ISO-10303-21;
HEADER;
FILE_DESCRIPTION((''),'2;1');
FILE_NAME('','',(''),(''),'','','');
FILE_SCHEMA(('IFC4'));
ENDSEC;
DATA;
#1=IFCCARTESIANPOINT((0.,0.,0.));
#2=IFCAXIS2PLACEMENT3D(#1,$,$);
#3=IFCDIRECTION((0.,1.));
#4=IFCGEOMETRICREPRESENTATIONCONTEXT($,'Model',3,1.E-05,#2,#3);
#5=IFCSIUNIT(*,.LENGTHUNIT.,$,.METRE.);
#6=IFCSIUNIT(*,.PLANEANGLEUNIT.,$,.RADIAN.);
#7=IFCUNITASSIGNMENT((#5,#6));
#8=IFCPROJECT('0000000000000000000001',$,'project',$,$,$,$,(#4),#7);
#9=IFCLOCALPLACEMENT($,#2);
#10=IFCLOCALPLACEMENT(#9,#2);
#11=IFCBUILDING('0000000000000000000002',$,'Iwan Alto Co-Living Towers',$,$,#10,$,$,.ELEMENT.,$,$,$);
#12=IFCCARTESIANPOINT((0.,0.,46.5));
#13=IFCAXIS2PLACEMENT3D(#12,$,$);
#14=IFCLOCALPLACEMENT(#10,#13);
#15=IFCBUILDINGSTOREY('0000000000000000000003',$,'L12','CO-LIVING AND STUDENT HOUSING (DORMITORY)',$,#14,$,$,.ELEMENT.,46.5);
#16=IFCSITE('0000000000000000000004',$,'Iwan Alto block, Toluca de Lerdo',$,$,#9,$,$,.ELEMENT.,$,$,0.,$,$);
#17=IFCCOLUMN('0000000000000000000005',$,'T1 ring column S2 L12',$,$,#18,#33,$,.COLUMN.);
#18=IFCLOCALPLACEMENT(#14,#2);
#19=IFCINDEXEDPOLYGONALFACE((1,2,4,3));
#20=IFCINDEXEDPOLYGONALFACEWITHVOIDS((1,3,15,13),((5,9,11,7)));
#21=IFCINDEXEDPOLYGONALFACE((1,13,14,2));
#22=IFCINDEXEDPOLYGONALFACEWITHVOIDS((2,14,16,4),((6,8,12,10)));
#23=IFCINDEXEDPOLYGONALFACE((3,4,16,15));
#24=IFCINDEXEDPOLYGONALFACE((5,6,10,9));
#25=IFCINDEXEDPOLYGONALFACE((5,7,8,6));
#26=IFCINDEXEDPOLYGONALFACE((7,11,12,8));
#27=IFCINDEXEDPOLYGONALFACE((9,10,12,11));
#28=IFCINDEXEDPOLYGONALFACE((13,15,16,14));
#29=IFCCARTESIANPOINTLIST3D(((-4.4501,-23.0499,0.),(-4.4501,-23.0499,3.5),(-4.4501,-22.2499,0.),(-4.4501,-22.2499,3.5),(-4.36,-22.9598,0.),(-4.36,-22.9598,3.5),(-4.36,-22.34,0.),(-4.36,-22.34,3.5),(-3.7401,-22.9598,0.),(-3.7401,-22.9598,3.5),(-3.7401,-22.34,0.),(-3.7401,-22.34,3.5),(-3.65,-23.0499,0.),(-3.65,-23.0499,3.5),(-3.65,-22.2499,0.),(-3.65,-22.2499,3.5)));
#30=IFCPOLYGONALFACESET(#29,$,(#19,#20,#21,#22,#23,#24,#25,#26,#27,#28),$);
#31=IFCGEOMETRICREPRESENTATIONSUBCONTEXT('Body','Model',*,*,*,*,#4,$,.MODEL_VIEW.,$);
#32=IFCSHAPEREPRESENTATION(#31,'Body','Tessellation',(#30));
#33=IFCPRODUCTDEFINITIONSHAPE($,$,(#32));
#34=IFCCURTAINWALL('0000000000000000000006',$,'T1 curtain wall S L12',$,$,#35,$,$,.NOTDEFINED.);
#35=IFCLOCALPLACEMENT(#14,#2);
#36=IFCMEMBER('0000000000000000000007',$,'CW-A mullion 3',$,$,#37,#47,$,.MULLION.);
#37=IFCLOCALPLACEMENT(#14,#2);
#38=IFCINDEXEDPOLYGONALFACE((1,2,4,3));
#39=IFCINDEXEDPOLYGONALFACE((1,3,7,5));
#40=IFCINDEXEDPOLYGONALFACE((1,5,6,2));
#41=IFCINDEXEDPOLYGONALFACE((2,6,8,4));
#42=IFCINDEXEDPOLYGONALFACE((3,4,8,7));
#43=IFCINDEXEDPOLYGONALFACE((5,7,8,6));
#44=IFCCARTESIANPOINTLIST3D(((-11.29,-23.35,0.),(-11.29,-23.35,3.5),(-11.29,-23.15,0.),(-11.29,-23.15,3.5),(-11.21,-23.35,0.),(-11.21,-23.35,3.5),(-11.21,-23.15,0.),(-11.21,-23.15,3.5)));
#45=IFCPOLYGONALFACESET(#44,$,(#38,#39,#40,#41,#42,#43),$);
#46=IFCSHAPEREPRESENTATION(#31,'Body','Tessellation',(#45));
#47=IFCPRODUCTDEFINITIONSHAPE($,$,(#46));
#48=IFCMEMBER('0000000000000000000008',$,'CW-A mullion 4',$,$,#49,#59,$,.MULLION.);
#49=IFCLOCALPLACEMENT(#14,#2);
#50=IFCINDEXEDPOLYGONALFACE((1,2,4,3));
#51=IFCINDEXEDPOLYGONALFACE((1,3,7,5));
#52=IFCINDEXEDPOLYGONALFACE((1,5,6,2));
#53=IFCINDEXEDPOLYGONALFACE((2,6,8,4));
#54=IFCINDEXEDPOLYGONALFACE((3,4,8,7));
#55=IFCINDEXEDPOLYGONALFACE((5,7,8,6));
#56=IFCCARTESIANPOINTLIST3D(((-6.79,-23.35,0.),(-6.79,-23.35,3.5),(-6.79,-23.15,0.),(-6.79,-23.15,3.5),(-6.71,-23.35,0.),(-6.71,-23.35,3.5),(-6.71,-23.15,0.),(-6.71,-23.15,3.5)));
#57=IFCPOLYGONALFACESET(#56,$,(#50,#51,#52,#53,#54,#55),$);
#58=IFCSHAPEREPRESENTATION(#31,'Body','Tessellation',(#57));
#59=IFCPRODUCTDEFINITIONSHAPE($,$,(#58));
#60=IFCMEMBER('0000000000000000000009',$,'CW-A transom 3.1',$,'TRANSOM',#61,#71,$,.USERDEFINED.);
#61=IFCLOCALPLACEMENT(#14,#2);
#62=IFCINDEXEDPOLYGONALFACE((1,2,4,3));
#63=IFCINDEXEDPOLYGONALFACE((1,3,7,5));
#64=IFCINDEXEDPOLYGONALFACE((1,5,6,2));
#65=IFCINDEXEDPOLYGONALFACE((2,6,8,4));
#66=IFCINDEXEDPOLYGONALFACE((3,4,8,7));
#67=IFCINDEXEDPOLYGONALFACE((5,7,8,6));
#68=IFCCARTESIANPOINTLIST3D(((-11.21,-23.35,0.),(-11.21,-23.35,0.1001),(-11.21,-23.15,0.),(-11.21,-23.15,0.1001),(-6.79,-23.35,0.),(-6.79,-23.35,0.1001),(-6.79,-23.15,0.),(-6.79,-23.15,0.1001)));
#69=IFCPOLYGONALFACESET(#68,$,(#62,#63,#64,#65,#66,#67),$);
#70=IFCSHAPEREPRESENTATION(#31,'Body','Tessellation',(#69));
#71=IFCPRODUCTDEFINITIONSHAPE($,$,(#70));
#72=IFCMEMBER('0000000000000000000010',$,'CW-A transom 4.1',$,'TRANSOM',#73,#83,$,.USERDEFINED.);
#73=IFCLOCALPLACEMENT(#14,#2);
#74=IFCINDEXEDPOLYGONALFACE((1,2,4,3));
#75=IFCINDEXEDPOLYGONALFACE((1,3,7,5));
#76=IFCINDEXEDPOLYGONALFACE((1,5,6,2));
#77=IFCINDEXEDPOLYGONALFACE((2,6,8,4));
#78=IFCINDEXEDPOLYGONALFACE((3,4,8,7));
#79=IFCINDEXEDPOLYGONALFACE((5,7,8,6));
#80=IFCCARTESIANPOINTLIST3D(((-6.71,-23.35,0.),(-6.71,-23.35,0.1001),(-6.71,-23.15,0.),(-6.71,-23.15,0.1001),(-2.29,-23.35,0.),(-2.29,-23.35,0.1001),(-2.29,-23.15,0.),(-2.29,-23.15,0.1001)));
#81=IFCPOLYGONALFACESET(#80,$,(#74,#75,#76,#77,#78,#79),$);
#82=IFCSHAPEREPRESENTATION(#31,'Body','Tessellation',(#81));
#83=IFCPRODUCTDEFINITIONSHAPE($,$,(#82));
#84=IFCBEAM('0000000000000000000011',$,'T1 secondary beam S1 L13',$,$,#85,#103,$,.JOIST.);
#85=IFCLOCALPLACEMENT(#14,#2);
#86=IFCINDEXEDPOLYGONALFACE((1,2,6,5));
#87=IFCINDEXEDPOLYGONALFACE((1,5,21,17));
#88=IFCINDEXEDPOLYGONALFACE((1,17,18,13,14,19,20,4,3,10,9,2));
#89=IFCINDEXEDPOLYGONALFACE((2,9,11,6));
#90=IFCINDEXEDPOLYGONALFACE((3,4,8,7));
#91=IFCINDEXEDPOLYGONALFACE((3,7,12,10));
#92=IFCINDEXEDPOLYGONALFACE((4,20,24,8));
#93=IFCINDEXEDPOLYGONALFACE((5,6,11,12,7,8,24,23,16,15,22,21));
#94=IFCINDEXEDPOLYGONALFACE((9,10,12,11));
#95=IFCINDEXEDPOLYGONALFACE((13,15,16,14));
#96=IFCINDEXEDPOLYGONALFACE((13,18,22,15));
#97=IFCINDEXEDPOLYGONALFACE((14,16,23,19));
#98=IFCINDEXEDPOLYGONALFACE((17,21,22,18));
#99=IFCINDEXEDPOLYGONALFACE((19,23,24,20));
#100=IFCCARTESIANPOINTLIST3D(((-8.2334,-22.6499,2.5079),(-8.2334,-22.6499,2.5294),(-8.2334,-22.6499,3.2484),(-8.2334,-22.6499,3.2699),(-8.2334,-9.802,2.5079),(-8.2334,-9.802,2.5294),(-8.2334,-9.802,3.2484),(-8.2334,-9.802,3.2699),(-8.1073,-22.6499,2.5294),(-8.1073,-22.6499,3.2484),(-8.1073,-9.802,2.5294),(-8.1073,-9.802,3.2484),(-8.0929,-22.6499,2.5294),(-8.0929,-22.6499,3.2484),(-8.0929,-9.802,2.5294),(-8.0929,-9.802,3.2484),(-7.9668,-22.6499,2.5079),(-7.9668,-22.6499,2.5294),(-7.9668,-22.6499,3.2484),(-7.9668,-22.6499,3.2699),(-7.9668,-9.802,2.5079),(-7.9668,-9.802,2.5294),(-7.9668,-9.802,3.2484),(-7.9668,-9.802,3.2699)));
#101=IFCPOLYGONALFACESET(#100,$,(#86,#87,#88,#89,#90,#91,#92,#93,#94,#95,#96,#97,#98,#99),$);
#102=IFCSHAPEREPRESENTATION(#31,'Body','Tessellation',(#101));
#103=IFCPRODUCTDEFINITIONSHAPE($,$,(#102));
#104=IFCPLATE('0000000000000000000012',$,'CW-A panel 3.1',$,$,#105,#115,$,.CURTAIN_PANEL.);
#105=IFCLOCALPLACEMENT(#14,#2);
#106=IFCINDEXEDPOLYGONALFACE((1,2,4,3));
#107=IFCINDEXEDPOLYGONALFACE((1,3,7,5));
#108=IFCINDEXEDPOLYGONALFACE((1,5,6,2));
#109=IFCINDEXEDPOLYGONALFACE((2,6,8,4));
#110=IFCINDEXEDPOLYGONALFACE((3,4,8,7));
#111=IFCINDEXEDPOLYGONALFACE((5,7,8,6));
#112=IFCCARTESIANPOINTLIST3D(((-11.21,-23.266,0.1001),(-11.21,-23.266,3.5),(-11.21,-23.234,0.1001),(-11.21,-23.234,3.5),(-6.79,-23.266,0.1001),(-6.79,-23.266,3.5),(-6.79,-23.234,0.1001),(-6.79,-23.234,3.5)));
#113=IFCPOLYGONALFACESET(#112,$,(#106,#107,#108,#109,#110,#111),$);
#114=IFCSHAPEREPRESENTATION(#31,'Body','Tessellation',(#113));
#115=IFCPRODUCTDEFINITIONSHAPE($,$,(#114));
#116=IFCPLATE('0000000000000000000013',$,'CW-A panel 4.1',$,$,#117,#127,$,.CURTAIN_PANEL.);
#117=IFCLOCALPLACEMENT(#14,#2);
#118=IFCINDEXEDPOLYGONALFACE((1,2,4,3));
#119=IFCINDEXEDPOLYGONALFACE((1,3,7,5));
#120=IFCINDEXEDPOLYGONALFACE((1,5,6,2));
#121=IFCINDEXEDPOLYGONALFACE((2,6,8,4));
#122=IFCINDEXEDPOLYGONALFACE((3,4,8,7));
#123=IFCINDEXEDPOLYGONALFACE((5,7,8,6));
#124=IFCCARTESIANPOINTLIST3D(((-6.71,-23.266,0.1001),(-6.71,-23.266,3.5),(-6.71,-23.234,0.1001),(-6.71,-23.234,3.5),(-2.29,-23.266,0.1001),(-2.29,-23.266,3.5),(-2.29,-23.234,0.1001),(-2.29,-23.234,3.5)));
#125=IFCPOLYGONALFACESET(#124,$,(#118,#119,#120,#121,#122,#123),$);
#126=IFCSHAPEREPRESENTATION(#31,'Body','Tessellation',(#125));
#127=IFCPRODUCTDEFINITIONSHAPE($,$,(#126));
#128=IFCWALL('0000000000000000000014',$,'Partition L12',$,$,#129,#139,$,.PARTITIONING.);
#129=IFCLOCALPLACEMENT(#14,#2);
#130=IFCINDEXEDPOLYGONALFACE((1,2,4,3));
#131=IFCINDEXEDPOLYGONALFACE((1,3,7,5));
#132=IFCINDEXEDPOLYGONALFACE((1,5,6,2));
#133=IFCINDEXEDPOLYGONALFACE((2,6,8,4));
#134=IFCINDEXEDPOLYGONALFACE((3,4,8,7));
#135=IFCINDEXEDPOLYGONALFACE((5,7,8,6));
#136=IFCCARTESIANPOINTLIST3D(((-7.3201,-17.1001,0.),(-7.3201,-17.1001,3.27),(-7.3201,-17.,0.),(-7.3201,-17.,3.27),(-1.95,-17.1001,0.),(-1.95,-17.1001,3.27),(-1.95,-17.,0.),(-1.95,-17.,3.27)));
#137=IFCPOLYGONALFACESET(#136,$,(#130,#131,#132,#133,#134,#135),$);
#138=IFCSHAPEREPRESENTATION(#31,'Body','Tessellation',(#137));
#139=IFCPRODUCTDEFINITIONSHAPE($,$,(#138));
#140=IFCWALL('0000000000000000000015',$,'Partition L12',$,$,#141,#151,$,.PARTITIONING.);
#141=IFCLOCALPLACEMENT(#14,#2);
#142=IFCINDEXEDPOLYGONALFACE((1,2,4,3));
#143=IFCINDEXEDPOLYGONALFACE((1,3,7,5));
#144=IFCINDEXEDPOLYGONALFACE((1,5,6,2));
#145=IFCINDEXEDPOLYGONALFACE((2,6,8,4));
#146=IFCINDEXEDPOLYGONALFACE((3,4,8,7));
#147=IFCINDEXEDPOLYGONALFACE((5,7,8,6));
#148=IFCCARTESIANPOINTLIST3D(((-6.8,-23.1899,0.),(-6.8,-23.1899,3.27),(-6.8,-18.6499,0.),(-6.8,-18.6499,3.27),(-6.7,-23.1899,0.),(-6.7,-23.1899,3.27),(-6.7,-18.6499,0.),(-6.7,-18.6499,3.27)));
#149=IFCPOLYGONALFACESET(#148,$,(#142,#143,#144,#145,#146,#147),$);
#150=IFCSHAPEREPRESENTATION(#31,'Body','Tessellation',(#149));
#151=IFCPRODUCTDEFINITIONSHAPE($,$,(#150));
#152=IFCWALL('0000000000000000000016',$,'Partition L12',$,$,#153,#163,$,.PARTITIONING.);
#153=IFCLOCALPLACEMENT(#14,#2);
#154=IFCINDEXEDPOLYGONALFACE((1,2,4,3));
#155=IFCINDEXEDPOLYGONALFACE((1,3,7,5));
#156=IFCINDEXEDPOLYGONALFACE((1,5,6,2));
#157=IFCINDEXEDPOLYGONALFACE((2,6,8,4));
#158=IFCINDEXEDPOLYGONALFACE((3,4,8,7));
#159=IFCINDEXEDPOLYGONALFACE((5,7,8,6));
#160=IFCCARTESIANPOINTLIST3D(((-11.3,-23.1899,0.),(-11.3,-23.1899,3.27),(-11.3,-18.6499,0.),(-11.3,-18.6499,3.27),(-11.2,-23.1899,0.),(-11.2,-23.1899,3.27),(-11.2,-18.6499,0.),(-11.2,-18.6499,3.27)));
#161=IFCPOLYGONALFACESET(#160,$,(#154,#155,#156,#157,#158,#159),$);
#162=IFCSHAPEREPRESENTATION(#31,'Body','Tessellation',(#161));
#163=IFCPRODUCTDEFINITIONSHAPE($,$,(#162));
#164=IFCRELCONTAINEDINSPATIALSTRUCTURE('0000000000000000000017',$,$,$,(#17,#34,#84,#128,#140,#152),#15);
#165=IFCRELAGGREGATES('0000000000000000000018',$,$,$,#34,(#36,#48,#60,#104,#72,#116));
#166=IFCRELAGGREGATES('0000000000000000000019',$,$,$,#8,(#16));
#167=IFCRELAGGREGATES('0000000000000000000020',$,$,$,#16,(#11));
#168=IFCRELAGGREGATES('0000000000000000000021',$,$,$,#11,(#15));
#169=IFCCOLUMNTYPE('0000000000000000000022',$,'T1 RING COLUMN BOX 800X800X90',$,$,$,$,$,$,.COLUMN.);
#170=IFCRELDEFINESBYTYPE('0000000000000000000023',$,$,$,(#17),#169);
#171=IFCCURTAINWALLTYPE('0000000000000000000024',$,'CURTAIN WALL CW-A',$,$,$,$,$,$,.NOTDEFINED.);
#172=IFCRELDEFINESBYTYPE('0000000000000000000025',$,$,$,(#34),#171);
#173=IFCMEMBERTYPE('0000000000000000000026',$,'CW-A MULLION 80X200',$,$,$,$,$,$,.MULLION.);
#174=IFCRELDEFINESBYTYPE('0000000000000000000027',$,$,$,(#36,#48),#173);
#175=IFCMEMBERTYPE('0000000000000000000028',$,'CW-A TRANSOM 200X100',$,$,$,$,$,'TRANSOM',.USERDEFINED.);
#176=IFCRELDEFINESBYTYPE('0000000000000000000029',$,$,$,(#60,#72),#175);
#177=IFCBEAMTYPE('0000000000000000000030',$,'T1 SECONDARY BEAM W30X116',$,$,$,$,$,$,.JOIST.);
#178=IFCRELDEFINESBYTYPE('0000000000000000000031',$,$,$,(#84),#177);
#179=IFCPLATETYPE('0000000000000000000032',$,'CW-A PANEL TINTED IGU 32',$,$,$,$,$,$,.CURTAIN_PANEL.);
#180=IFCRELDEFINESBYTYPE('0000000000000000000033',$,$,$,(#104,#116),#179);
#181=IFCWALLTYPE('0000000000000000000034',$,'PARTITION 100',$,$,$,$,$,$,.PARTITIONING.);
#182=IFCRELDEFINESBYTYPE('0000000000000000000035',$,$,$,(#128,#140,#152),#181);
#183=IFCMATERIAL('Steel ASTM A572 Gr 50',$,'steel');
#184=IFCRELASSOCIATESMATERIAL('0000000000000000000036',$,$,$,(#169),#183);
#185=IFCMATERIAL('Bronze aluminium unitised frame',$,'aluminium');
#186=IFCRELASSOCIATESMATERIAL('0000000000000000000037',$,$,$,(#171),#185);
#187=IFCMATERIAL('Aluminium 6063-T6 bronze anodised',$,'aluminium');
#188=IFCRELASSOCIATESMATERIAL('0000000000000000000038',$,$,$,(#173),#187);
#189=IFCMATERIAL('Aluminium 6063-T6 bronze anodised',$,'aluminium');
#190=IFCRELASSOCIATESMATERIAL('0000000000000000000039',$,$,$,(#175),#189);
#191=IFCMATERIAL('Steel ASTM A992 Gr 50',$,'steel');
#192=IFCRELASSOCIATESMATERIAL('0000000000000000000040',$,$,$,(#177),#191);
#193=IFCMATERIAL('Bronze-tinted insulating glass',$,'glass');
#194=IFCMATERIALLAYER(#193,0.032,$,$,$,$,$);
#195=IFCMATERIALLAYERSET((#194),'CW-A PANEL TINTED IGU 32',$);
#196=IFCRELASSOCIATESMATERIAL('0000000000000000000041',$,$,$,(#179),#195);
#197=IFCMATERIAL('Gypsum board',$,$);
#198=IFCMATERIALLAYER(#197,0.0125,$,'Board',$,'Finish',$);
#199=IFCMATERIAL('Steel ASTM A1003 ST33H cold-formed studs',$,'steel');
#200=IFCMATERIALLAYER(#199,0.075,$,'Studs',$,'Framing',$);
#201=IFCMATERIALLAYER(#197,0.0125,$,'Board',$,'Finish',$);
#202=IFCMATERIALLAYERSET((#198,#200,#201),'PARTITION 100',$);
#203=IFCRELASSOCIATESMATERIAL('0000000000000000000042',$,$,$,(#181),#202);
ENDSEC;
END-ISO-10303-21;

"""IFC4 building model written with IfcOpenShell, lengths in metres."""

from ifc_helpers import new_model, si_unit, direction, frame, frame_2d, origin, origin_2d, place, context, subcontext, project, spatial, rectangle, hollow_rectangle, i_section, extrude, material, layer, layer_set, material_profile, profile_set, type_object, element, aggregate, save


model = new_model("IFC4")

# Units and contexts
model_context = context("Model", 3, precision=1e-05, world=origin(), true_north=direction((0.0, 1.0)))
body_context = subcontext(model_context, "Body", "Model", "MODEL_VIEW")
ifc_project = project(units=[si_unit("LENGTHUNIT", "METRE"), si_unit("PLANEANGLEUNIT", "RADIAN")], contexts=[model_context])

# Site, building, storey
site_placement = place(None, origin())
site = spatial("IfcSite", under=ifc_project, at=site_placement, Name="Iwan Alto block, Toluca de Lerdo", CompositionType="ELEMENT", RefElevation=0.0)
building_placement = place(site_placement, origin())
building = spatial("IfcBuilding", under=site, at=building_placement, Name="Iwan Alto Co-Living Towers", CompositionType="ELEMENT")
storey_placement = place(building_placement, frame((0.0, 0.0, 46.5)))
storey = spatial("IfcBuildingStorey", under=building, at=storey_placement, Name="L12", Description="CO-LIVING AND STUDENT HOUSING (DORMITORY)", CompositionType="ELEMENT", Elevation=46.5)

# Column
ifc_material_1 = material(Name="Steel ASTM A572 Gr 50", Category="steel")
ifc_material_profile_1 = material_profile(ifc_material_1, hollow_rectangle(XDim=0.8, YDim=0.8, WallThickness=0.0901, at=origin_2d()), Name="BOX 800X800X90")
ifc_profile_set_1 = profile_set([ifc_material_profile_1], Name="Steel ASTM A572 Gr 50")
column_type = type_object("IfcColumnType", Name="T1 RING COLUMN BOX 800X800X90", PredefinedType="COLUMN", material=ifc_profile_set_1)
column_placement = place(storey_placement, frame((-4.05, -22.6499, 0.0), z_axis=(0.0, 0.0, 1.0), x_axis=(1.0, 0.0, 0.0)))
element("IfcColumn", 1, at=column_placement, inside=storey, type_object=column_type, Name="T1 ring column S2 L12", PredefinedType="COLUMN", context=body_context, shape_type="SweptSolid", body=[
    extrude(hollow_rectangle(XDim=0.8, YDim=0.8, WallThickness=0.0901, at=origin_2d()), origin(), (0.0, 0.0, 1.0), 3.5),
])

# Curtain wall, members
ifc_material_2 = material(Name="Bronze aluminium unitised frame", Category="aluminium")
curtain_wall_type = type_object("IfcCurtainWallType", Name="CURTAIN WALL CW-A", PredefinedType="NOTDEFINED", material=ifc_material_2)
curtain_wall_placement = place(storey_placement, origin())
curtain_wall = element("IfcCurtainWall", 2, at=curtain_wall_placement, inside=storey, type_object=curtain_wall_type, Name="T1 curtain wall S L12", PredefinedType="NOTDEFINED")
ifc_material_3 = material(Name="Aluminium 6063-T6 bronze anodised", Category="aluminium")
ifc_material_profile_2 = material_profile(ifc_material_3, rectangle(XDim=0.2, YDim=0.0801, at=origin_2d()), Name="AL 80X200")
ifc_profile_set_2 = profile_set([ifc_material_profile_2], Name="Aluminium 6063-T6 bronze anodised")
member_type_1 = type_object("IfcMemberType", Name="CW-A MULLION 80X200", PredefinedType="MULLION", material=ifc_profile_set_2)
member_1_placement = place(storey_placement, frame((-11.25, -23.25, 0.0), z_axis=(0.0, 0.0, 1.0), x_axis=(0.0, 1.0, 0.0)))
member_1 = element("IfcMember", 3, at=member_1_placement, type_object=member_type_1, Name="CW-A mullion 3", PredefinedType="MULLION", context=body_context, shape_type="SweptSolid", body=[
    extrude(rectangle(XDim=0.2, YDim=0.0801, at=origin_2d()), origin(), (0.0, 0.0, 1.0), 3.5),
])
member_2_placement = place(storey_placement, frame((-6.75, -23.25, 0.0), z_axis=(0.0, 0.0, 1.0), x_axis=(0.0, 1.0, 0.0)))
member_2 = element("IfcMember", 4, at=member_2_placement, type_object=member_type_1, Name="CW-A mullion 4", PredefinedType="MULLION", context=body_context, shape_type="SweptSolid", body=[
    extrude(rectangle(XDim=0.2, YDim=0.0801, at=origin_2d()), origin(), (0.0, 0.0, 1.0), 3.5),
])
ifc_material_4 = material(Name="Aluminium 6063-T6 bronze anodised", Category="aluminium")
ifc_material_profile_3 = material_profile(ifc_material_4, rectangle(XDim=0.2, YDim=0.1001, at=origin_2d()), Name="AL 200X100")
ifc_profile_set_3 = profile_set([ifc_material_profile_3], Name="Aluminium 6063-T6 bronze anodised")
member_type_2 = type_object("IfcMemberType", Name="CW-A TRANSOM 200X100", ElementType="TRANSOM", PredefinedType="USERDEFINED", material=ifc_profile_set_3)
member_3_placement = place(storey_placement, frame((-11.21, -23.25, 0.05), z_axis=(1.0, 0.0, 0.0), x_axis=(0.0, 1.0, 0.0)))
member_3 = element("IfcMember", 5, at=member_3_placement, type_object=member_type_2, Name="CW-A transom 3.1", ObjectType="TRANSOM", PredefinedType="USERDEFINED", context=body_context, shape_type="SweptSolid", body=[
    extrude(rectangle(XDim=0.2, YDim=0.1001, at=origin_2d()), origin(), (0.0, 0.0, 1.0), 4.4199),
])
member_4_placement = place(storey_placement, frame((-6.71, -23.25, 0.05), z_axis=(1.0, 0.0, 0.0), x_axis=(0.0, 1.0, 0.0)))
member_4 = element("IfcMember", 6, at=member_4_placement, type_object=member_type_2, Name="CW-A transom 4.1", ObjectType="TRANSOM", PredefinedType="USERDEFINED", context=body_context, shape_type="SweptSolid", body=[
    extrude(rectangle(XDim=0.2, YDim=0.1001, at=origin_2d()), origin(), (0.0, 0.0, 1.0), 4.4199),
])

# Beam
ifc_material_5 = material(Name="Steel ASTM A992 Gr 50", Category="steel")
ifc_material_profile_4 = material_profile(ifc_material_5, i_section(OverallWidth=0.2666, OverallDepth=0.762, WebThickness=0.0144, FlangeThickness=0.0215, at=origin_2d()), Name="W30X116")
ifc_profile_set_4 = profile_set([ifc_material_profile_4], Name="Steel ASTM A992 Gr 50")
beam_type = type_object("IfcBeamType", Name="T1 SECONDARY BEAM W30X116", PredefinedType="JOIST", material=ifc_profile_set_4)
beam_placement = place(storey_placement, frame((-8.1001, -22.6499, 2.8889), z_axis=(0.0, 1.0, 0.0), x_axis=(-1.0, 0.0, 0.0)))
element("IfcBeam", 7, at=beam_placement, inside=storey, type_object=beam_type, Name="T1 secondary beam S1 L13", PredefinedType="JOIST", context=body_context, shape_type="SweptSolid", body=[
    extrude(i_section(OverallWidth=0.2666, OverallDepth=0.762, WebThickness=0.0144, FlangeThickness=0.0215, at=origin_2d()), origin(), (0.0, 0.0, 1.0), 12.8479),
])

# Plates
ifc_material_6 = material(Name="Bronze-tinted insulating glass", Category="glass")
ifc_layer_1 = layer(ifc_material_6, 0.032)
ifc_layer_set_1 = layer_set([ifc_layer_1], Name="CW-A PANEL TINTED IGU 32")
plate_type = type_object("IfcPlateType", Name="CW-A PANEL TINTED IGU 32", PredefinedType="CURTAIN_PANEL", material=ifc_layer_set_1)
plate_1_placement = place(storey_placement, frame((-9.0, -23.25, 0.1001), z_axis=(0.0, 0.0, 1.0), x_axis=(1.0, 0.0, 0.0)))
plate_1 = element("IfcPlate", 8, at=plate_1_placement, type_object=plate_type, Name="CW-A panel 3.1", PredefinedType="CURTAIN_PANEL", context=body_context, shape_type="SweptSolid", body=[
    extrude(rectangle(XDim=4.4199, YDim=0.032, at=origin_2d()), origin(), (0.0, 0.0, 1.0), 3.3999),
])
plate_2_placement = place(storey_placement, frame((-4.5, -23.25, 0.1001), z_axis=(0.0, 0.0, 1.0), x_axis=(1.0, 0.0, 0.0)))
plate_2 = element("IfcPlate", 9, at=plate_2_placement, type_object=plate_type, Name="CW-A panel 4.1", PredefinedType="CURTAIN_PANEL", context=body_context, shape_type="SweptSolid", body=[
    extrude(rectangle(XDim=4.4199, YDim=0.032, at=origin_2d()), origin(), (0.0, 0.0, 1.0), 3.3999),
])
aggregate(curtain_wall, [member_1, member_2, member_3, plate_1, member_4, plate_2])

# Walls
ifc_material_7 = material(Name="Gypsum board")
ifc_layer_2 = layer(ifc_material_7, 0.0125, Name="Board", Category="Finish")
ifc_material_8 = material(Name="Steel ASTM A1003 ST33H cold-formed studs", Category="steel")
ifc_layer_3 = layer(ifc_material_8, 0.075, Name="Studs", Category="Framing")
ifc_layer_4 = layer(ifc_material_7, 0.0125, Name="Board", Category="Finish")
ifc_layer_set_2 = layer_set([ifc_layer_2, ifc_layer_3, ifc_layer_4], Name="PARTITION 100")
wall_type = type_object("IfcWallType", Name="PARTITION 100", PredefinedType="PARTITIONING", material=ifc_layer_set_2)
wall_placement = place(storey_placement, frame((-7.3201, -17.05, 0.0), z_axis=(0.0, 0.0, 1.0), x_axis=(1.0, 0.0, 0.0)))
element("IfcWall", 10, at=wall_placement, inside=storey, type_object=wall_type, Name="Partition L12", PredefinedType="PARTITIONING", context=body_context, shape_type="SweptSolid", body=[
    extrude(rectangle(XDim=5.3701, YDim=0.1001, at=frame_2d((2.6851, 0.0))), origin(), (0.0, 0.0, 1.0), 3.27),
])
for number, where, z_axis, x_axis, name in (
    (11, (-6.75, -23.1899, 0.0), (0.0, 0.0, 1.0), (0.0, 1.0, 0.0), "Partition L12"),
    (12, (-11.25, -23.1899, 0.0), (0.0, 0.0, 1.0), (0.0, 1.0, 0.0), "Partition L12"),
):
    element("IfcWall", number, at=place(storey_placement, frame(where, z_axis=z_axis, x_axis=x_axis)), inside=storey, type_object=wall_type, Name=name, PredefinedType="PARTITIONING", context=body_context, shape_type="SweptSolid", body=[
        extrude(rectangle(XDim=4.54, YDim=0.1001, at=frame_2d((2.27, 0.0))), origin(), (0.0, 0.0, 1.0), 3.27),
    ])

save(model, "model.ifc")
